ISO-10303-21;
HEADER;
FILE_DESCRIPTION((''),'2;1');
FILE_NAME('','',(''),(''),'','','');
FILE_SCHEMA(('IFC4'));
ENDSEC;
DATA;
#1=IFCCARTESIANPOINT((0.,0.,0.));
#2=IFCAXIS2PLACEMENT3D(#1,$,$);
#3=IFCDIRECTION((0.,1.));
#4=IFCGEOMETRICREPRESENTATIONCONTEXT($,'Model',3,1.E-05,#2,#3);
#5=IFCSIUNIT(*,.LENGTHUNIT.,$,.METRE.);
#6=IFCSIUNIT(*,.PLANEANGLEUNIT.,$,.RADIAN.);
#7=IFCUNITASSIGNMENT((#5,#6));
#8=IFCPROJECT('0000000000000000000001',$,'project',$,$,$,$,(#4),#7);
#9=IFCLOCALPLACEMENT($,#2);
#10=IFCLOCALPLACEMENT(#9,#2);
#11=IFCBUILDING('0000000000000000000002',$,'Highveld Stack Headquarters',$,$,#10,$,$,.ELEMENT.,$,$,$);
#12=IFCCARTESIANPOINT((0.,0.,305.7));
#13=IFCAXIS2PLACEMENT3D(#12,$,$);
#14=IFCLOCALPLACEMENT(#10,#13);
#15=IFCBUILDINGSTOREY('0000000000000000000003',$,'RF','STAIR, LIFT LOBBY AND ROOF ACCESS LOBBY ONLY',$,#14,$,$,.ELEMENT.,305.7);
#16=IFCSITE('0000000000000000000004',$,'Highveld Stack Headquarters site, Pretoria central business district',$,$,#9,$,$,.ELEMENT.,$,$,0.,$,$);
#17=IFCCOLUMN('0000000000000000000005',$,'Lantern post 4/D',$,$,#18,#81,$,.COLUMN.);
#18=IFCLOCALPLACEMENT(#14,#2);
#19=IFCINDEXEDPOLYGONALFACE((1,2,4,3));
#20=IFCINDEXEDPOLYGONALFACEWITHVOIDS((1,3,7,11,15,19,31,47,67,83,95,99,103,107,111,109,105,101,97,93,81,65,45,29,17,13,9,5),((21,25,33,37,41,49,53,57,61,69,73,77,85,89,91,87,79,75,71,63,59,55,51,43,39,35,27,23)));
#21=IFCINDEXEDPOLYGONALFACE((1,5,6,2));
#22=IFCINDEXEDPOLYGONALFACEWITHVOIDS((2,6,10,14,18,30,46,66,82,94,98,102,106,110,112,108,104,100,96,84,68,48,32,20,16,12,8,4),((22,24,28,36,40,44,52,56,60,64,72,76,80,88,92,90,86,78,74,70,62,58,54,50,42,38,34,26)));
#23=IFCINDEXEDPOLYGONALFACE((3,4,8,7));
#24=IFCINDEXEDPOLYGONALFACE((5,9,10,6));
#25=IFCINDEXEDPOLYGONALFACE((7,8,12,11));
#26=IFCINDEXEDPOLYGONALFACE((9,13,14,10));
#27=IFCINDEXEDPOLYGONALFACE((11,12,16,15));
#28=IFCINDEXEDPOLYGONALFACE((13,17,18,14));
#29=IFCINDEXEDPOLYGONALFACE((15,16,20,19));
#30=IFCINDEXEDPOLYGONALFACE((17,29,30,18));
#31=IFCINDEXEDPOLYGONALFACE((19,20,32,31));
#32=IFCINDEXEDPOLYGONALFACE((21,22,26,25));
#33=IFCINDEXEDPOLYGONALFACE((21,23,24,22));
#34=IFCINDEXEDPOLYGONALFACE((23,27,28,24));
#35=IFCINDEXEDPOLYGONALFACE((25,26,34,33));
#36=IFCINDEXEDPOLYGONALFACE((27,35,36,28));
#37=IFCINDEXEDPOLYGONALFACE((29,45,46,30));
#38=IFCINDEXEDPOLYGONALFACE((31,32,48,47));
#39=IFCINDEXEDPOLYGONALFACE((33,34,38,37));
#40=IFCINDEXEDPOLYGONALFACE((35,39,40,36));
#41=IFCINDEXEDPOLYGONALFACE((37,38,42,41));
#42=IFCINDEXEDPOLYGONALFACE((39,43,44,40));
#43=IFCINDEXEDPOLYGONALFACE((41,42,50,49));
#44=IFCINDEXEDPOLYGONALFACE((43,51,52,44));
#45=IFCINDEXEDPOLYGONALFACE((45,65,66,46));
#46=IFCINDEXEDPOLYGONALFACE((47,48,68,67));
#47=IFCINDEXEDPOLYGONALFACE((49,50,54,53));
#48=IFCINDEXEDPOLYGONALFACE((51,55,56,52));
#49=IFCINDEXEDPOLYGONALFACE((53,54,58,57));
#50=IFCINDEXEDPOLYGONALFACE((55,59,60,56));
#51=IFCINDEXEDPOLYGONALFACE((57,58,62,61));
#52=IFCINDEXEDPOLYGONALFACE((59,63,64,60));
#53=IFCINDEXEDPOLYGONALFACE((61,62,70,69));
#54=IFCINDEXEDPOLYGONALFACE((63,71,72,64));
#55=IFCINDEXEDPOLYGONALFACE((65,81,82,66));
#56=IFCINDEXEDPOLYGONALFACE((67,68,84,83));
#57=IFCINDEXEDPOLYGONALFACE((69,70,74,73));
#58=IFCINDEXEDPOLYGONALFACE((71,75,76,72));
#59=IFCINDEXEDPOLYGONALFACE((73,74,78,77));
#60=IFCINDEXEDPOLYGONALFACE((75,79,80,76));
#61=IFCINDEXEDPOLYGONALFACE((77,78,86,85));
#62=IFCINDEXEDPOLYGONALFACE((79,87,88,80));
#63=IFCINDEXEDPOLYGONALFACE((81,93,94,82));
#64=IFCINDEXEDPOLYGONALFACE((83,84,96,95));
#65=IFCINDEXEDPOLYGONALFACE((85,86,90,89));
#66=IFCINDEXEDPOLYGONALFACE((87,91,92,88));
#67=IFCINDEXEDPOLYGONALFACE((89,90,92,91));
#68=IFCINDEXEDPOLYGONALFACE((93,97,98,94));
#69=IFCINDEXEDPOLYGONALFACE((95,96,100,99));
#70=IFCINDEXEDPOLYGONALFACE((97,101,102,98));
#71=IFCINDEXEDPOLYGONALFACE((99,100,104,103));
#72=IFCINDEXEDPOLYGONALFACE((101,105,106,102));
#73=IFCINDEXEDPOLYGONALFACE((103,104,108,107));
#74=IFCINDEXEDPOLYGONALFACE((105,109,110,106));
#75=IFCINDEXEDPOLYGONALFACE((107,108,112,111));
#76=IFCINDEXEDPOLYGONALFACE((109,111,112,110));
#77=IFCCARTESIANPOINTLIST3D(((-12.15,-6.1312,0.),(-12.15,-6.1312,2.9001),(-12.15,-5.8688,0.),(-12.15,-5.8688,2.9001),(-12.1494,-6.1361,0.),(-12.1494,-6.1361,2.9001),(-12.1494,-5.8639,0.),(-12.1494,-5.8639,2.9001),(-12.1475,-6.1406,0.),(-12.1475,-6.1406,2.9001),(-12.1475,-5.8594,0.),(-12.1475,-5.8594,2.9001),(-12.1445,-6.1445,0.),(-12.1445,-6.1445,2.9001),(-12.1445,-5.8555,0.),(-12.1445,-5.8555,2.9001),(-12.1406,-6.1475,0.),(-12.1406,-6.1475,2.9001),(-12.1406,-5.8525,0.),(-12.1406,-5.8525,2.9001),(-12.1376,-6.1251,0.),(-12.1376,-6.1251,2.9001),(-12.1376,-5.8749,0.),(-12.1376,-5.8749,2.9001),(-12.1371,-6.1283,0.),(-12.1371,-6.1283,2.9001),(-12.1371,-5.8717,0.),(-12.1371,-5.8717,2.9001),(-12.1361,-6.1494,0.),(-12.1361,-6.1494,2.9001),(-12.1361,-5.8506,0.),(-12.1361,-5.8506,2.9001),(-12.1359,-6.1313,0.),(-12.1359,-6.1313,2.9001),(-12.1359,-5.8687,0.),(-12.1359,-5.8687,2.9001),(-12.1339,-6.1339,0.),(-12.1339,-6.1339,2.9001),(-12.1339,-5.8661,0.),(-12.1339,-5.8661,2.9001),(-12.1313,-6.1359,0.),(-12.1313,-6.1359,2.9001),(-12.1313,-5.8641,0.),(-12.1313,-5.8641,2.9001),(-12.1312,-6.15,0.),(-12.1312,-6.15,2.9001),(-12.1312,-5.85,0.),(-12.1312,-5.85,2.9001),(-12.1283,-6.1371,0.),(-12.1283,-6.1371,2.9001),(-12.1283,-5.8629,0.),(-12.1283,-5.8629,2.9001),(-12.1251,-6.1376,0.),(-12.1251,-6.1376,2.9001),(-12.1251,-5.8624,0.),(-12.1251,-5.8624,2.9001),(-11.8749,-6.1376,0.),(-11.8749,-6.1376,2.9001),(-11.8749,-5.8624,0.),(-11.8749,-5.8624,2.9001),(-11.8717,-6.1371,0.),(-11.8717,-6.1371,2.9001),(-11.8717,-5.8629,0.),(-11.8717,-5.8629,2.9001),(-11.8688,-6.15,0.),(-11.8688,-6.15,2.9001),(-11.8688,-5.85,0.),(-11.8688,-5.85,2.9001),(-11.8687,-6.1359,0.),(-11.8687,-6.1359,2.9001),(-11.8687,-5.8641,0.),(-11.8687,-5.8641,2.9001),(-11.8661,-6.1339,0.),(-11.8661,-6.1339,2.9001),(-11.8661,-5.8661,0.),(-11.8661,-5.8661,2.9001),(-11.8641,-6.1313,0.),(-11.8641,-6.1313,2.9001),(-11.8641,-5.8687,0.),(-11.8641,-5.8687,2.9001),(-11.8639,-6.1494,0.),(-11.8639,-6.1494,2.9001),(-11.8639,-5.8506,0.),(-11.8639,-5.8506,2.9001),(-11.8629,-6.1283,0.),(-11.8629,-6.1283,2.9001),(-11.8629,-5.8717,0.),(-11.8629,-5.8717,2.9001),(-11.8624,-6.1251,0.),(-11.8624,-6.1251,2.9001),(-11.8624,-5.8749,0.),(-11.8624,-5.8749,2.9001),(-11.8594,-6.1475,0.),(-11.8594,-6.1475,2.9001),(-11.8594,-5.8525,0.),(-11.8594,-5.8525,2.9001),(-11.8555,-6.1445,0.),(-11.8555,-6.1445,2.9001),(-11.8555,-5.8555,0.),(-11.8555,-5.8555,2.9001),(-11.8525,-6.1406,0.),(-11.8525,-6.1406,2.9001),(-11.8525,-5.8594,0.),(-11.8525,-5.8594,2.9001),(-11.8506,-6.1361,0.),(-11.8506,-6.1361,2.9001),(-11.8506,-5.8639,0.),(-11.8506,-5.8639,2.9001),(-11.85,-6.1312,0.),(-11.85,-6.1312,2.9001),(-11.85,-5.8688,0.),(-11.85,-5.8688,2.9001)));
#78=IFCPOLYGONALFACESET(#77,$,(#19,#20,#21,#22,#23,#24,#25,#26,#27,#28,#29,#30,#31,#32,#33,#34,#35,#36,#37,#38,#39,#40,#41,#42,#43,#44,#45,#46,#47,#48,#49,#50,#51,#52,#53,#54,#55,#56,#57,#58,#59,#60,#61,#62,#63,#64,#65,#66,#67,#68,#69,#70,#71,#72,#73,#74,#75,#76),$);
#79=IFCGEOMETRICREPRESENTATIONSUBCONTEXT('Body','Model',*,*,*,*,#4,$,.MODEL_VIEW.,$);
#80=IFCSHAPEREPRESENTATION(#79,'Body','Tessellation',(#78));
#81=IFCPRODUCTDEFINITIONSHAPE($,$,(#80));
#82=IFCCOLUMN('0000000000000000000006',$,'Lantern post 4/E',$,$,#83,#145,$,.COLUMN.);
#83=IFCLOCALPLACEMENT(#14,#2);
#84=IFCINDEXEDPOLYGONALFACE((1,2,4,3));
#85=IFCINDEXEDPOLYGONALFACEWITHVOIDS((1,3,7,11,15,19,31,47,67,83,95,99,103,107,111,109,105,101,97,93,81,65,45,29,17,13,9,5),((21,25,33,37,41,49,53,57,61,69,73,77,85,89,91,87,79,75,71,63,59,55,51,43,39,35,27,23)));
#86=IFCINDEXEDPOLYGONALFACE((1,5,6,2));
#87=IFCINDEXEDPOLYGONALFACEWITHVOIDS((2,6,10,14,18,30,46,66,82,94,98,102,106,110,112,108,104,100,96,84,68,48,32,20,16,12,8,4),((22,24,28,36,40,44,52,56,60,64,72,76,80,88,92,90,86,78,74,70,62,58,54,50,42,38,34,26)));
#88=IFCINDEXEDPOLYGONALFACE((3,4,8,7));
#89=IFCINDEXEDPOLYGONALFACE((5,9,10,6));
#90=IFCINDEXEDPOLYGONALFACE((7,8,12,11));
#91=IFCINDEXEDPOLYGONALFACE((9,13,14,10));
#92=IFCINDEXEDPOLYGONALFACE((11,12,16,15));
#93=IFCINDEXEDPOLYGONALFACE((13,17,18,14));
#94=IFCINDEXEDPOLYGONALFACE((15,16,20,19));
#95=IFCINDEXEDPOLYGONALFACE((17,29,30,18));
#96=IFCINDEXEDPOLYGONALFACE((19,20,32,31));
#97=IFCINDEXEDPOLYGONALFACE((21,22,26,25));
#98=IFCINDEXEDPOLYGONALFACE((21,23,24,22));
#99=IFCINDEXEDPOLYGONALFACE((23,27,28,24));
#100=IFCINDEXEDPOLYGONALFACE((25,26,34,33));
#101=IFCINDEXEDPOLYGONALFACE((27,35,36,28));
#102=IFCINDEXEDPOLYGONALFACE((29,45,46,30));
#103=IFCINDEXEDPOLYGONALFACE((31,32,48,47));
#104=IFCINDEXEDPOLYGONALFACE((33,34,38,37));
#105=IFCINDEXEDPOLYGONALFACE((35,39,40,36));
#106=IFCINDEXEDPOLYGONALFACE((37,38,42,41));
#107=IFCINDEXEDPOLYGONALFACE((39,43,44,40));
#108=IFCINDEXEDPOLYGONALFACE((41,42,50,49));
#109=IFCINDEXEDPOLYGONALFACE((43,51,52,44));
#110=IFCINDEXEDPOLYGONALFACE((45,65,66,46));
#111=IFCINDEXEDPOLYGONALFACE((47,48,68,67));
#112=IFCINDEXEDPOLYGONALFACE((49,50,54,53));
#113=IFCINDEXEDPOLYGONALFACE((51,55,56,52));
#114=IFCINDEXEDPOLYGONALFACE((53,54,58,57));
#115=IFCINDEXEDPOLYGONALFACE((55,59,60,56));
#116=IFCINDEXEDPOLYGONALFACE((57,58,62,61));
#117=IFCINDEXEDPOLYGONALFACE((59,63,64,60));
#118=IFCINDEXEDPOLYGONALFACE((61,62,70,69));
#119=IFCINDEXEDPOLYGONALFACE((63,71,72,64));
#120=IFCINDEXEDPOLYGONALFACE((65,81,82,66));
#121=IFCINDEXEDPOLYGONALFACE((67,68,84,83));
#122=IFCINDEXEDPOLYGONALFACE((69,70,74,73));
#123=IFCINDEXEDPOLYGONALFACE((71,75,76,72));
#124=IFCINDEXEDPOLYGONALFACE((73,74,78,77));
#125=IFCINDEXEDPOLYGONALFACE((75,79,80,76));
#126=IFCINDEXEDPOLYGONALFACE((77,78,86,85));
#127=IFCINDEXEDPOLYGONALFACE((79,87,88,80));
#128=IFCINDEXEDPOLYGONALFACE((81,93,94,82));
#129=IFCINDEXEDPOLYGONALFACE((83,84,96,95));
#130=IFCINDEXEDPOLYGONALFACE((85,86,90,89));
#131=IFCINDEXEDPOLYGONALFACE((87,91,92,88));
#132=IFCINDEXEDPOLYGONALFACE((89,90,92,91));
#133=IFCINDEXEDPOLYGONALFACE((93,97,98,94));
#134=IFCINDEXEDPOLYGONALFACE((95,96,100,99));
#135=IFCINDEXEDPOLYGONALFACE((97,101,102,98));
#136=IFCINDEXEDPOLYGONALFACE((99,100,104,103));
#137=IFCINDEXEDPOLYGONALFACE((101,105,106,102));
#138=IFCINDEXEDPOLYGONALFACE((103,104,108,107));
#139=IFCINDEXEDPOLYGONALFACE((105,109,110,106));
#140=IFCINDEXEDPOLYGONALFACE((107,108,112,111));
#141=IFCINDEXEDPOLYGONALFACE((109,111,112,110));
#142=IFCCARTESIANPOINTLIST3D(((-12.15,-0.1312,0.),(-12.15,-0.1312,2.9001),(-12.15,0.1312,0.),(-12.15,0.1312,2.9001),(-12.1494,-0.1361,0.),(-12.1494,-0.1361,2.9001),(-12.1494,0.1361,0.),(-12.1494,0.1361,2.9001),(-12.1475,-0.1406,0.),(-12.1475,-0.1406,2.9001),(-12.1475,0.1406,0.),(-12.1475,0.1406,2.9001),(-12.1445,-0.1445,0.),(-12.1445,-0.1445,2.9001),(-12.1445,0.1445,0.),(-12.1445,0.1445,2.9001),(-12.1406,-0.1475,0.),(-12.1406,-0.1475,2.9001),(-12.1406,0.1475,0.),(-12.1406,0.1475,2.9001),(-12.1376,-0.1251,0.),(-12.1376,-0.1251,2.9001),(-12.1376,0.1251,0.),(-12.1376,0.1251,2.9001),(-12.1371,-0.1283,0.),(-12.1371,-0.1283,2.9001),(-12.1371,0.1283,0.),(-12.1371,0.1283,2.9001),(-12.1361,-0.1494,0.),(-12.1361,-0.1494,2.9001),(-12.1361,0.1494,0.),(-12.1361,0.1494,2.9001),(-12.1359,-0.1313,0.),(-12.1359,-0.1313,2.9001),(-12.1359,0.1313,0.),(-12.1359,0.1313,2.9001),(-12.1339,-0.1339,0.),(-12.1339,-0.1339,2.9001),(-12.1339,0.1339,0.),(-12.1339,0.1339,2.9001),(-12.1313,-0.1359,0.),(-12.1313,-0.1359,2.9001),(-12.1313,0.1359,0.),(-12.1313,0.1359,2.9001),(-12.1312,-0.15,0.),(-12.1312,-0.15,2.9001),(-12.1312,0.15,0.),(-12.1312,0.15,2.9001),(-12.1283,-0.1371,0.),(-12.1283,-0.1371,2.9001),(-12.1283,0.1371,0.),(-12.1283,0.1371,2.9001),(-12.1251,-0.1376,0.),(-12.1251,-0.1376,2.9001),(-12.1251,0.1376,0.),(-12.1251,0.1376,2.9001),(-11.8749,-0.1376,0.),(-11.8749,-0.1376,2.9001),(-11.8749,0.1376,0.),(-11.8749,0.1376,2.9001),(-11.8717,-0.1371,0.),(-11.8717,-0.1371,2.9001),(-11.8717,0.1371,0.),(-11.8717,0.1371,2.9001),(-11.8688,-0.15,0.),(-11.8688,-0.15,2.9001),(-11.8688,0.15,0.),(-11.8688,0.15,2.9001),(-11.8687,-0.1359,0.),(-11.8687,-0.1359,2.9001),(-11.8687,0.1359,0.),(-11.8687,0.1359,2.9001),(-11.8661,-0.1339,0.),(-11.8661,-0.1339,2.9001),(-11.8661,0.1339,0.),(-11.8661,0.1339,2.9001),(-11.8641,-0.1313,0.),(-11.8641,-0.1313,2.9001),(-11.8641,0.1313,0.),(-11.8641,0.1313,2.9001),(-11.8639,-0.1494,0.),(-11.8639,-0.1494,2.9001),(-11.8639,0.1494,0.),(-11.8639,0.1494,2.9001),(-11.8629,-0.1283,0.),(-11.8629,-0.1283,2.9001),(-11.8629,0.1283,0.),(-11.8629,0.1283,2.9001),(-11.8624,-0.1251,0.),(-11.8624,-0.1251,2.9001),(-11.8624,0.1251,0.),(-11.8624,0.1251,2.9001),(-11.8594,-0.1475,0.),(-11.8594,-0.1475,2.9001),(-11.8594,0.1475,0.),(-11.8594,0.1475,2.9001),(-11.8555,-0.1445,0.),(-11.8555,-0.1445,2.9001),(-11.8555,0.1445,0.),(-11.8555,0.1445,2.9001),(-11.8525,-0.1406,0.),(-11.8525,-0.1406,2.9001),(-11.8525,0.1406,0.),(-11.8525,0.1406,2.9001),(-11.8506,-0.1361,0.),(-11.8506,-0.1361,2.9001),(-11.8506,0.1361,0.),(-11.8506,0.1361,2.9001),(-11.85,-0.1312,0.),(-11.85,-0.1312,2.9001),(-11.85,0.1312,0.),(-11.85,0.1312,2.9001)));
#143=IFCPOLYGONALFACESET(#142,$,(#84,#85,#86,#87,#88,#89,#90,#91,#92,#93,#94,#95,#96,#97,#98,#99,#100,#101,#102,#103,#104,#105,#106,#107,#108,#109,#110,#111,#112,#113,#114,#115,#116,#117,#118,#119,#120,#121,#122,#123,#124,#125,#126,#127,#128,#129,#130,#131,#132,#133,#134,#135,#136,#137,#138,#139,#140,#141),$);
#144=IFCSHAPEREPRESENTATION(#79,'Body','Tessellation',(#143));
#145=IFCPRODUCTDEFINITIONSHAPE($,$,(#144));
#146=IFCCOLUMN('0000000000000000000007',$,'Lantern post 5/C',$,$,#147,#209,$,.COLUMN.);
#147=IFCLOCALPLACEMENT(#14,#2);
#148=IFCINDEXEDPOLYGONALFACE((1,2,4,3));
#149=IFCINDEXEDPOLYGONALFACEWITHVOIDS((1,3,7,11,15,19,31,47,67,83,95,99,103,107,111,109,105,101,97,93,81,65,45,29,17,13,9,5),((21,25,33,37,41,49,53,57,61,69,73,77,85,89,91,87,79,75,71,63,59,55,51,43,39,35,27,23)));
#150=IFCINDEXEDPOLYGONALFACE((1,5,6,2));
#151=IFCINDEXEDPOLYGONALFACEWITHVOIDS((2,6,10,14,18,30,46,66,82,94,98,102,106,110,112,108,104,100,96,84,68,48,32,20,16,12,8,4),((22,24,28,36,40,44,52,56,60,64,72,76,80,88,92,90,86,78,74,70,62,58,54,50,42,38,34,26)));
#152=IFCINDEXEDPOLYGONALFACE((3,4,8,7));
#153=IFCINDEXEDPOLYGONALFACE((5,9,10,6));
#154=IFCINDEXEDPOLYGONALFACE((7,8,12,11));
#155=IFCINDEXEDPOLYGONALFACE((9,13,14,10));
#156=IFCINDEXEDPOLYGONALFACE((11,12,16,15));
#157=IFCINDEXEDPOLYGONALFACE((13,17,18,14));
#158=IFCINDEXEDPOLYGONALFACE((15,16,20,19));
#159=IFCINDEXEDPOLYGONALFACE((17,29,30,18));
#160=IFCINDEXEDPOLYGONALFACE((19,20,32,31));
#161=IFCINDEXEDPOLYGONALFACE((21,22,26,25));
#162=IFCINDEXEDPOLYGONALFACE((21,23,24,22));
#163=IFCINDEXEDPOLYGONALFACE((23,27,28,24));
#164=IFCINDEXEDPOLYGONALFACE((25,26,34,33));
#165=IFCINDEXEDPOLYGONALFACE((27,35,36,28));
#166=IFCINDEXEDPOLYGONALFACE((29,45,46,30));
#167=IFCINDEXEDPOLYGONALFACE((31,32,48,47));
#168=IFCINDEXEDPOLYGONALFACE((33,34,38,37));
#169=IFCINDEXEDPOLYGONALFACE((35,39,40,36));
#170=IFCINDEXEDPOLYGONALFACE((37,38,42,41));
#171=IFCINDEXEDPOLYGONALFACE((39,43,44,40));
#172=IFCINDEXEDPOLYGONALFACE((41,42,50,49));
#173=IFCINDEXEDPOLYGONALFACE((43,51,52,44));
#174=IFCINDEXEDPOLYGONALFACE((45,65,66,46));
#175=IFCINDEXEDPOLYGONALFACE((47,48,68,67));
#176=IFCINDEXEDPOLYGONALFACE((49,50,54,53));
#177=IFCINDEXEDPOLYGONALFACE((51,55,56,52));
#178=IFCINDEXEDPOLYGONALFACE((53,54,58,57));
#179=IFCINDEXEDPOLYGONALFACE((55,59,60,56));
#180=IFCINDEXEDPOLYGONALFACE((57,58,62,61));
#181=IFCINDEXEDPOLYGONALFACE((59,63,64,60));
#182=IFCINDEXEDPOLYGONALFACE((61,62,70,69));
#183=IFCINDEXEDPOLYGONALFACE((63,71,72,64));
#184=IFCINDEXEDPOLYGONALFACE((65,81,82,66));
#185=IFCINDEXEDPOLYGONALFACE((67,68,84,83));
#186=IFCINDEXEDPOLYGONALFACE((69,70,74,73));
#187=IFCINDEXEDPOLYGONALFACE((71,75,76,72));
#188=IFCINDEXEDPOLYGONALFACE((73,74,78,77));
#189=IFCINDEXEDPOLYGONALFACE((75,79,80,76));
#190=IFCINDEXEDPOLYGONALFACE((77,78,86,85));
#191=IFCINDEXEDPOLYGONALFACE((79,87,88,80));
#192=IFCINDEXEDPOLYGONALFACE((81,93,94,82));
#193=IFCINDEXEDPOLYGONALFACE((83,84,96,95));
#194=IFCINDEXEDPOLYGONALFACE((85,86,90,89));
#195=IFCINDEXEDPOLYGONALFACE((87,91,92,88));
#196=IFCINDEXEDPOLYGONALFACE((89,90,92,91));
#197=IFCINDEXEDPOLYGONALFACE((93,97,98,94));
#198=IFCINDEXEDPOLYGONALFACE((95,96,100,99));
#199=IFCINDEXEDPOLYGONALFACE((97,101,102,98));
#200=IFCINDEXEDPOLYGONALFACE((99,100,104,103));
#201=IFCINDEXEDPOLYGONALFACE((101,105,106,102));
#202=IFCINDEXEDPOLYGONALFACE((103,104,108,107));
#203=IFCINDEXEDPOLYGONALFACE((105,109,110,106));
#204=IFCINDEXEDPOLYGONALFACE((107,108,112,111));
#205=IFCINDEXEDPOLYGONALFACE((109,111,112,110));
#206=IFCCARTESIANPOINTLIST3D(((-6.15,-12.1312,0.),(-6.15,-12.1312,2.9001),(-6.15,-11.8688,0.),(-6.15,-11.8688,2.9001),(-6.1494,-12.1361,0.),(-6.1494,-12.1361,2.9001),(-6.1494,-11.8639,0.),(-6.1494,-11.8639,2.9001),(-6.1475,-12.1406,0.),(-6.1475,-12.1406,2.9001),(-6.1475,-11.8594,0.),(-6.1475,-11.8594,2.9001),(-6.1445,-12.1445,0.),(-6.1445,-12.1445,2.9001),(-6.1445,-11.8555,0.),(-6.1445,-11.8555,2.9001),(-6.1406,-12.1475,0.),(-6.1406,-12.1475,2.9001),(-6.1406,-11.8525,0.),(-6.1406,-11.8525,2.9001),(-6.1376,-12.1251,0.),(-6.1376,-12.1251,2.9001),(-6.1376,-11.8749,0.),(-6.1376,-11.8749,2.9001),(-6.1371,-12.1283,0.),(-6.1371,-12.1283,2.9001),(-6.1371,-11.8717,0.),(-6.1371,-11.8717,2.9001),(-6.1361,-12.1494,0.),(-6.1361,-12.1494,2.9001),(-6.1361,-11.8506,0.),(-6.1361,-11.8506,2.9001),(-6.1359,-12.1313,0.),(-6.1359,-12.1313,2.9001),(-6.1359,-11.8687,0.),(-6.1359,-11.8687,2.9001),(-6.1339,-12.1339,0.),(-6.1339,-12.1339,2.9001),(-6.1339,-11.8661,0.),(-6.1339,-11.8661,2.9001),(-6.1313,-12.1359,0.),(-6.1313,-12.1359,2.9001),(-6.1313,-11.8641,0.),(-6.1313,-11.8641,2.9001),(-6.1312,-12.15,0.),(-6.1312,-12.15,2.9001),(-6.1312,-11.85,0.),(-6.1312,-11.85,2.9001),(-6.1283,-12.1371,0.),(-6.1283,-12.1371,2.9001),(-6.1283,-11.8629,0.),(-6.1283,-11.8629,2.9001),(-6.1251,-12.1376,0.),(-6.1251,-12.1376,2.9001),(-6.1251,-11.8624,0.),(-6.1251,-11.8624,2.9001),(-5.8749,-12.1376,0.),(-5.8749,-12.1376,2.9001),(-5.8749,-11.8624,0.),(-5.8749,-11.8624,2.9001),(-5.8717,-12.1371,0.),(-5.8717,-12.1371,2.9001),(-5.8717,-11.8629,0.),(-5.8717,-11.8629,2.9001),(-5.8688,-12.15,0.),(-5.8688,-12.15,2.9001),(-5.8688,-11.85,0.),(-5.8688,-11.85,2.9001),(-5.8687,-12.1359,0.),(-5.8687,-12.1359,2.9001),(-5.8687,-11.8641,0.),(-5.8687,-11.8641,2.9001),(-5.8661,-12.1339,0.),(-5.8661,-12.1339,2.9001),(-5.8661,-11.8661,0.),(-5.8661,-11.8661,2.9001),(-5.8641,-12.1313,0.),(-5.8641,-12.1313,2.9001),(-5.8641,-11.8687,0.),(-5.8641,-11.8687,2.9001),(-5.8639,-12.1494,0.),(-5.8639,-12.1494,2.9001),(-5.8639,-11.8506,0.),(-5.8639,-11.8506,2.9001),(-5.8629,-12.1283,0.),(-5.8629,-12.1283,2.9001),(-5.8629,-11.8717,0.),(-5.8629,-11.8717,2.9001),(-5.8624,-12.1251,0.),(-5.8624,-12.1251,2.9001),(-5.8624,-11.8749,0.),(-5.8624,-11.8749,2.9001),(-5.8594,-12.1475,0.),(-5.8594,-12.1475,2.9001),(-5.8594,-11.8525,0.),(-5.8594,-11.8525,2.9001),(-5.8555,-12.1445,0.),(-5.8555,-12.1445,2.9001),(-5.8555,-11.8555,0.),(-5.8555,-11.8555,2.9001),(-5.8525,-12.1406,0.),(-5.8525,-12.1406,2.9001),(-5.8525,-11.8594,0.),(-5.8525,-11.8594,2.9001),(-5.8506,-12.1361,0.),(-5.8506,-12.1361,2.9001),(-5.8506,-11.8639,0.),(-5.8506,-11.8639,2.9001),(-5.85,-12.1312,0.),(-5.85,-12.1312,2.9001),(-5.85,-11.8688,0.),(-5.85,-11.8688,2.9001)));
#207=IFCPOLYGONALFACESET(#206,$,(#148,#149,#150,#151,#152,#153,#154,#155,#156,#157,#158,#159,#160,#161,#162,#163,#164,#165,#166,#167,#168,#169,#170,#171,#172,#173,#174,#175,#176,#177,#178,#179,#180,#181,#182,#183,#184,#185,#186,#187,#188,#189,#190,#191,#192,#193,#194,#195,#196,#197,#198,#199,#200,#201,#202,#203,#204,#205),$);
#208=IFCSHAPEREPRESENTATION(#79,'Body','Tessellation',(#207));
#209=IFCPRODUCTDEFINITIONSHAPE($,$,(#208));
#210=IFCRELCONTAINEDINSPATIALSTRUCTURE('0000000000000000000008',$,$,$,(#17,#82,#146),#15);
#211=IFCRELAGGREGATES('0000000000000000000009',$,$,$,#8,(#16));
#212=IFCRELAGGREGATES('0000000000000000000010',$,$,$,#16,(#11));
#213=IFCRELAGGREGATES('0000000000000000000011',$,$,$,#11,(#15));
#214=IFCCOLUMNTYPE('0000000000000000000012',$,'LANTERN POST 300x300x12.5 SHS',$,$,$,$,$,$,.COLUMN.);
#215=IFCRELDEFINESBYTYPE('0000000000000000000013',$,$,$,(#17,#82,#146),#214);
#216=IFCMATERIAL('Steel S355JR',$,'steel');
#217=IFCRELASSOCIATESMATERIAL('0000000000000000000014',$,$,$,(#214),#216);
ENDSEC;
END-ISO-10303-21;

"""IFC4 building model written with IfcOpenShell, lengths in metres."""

from ifc_helpers import new_model, si_unit, direction, frame, origin, origin_2d, place, context, subcontext, project, spatial, hollow_rectangle, extrude, material, material_profile, profile_set, type_object, element, save


model = new_model("IFC4")

# Units and contexts
model_context = context("Model", 3, precision=1e-05, world=origin(), true_north=direction((0.0, 1.0)))
body_context = subcontext(model_context, "Body", "Model", "MODEL_VIEW")
ifc_project = project(units=[si_unit("LENGTHUNIT", "METRE"), si_unit("PLANEANGLEUNIT", "RADIAN")], contexts=[model_context])

# Site, building, storey
site_placement = place(None, origin())
site = spatial("IfcSite", under=ifc_project, at=site_placement, Name="Highveld Stack Headquarters site, Pretoria central business district", CompositionType="ELEMENT", RefElevation=0.0)
building_placement = place(site_placement, origin())
building = spatial("IfcBuilding", under=site, at=building_placement, Name="Highveld Stack Headquarters", CompositionType="ELEMENT")
storey_placement = place(building_placement, frame((0.0, 0.0, 305.7)))
storey = spatial("IfcBuildingStorey", under=building, at=storey_placement, Name="RF", Description="STAIR, LIFT LOBBY AND ROOF ACCESS LOBBY ONLY", CompositionType="ELEMENT", Elevation=305.7)

# Columns
ifc_material_1 = material(Name="Steel S355JR", Category="steel")
ifc_material_profile_1 = material_profile(ifc_material_1, hollow_rectangle(XDim=0.3, YDim=0.3, WallThickness=0.0125, InnerFilletRadius=0.0125, OuterFilletRadius=0.0188, at=origin_2d()), Name="300x300x12.5 SHS")
ifc_profile_set_1 = profile_set([ifc_material_profile_1], Name="Steel S355JR")
column_type = type_object("IfcColumnType", Name="LANTERN POST 300x300x12.5 SHS", PredefinedType="COLUMN", material=ifc_profile_set_1)
for number, where, z_axis, x_axis, name in (
    (1, (-12.0, -6.0, 0.0), (0.0, 0.0, 1.0), (1.0, 0.0, 0.0), "Lantern post 4/D"),
    (2, (-12.0, 0.0, 0.0), (0.0, 0.0, 1.0), (1.0, 0.0, 0.0), "Lantern post 4/E"),
    (3, (-6.0, -12.0, 0.0), (0.0, 0.0, 1.0), (1.0, 0.0, 0.0), "Lantern post 5/C"),
):
    element("IfcColumn", number, at=place(storey_placement, frame(where, z_axis=z_axis, x_axis=x_axis)), inside=storey, type_object=column_type, Name=name, PredefinedType="COLUMN", context=body_context, shape_type="SweptSolid", body=[
        extrude(hollow_rectangle(XDim=0.3, YDim=0.3, WallThickness=0.0125, InnerFilletRadius=0.0125, OuterFilletRadius=0.0188, at=origin_2d()), origin(), (0.0, 0.0, 1.0), 2.9001),
    ])

save(model, "model.ifc")
